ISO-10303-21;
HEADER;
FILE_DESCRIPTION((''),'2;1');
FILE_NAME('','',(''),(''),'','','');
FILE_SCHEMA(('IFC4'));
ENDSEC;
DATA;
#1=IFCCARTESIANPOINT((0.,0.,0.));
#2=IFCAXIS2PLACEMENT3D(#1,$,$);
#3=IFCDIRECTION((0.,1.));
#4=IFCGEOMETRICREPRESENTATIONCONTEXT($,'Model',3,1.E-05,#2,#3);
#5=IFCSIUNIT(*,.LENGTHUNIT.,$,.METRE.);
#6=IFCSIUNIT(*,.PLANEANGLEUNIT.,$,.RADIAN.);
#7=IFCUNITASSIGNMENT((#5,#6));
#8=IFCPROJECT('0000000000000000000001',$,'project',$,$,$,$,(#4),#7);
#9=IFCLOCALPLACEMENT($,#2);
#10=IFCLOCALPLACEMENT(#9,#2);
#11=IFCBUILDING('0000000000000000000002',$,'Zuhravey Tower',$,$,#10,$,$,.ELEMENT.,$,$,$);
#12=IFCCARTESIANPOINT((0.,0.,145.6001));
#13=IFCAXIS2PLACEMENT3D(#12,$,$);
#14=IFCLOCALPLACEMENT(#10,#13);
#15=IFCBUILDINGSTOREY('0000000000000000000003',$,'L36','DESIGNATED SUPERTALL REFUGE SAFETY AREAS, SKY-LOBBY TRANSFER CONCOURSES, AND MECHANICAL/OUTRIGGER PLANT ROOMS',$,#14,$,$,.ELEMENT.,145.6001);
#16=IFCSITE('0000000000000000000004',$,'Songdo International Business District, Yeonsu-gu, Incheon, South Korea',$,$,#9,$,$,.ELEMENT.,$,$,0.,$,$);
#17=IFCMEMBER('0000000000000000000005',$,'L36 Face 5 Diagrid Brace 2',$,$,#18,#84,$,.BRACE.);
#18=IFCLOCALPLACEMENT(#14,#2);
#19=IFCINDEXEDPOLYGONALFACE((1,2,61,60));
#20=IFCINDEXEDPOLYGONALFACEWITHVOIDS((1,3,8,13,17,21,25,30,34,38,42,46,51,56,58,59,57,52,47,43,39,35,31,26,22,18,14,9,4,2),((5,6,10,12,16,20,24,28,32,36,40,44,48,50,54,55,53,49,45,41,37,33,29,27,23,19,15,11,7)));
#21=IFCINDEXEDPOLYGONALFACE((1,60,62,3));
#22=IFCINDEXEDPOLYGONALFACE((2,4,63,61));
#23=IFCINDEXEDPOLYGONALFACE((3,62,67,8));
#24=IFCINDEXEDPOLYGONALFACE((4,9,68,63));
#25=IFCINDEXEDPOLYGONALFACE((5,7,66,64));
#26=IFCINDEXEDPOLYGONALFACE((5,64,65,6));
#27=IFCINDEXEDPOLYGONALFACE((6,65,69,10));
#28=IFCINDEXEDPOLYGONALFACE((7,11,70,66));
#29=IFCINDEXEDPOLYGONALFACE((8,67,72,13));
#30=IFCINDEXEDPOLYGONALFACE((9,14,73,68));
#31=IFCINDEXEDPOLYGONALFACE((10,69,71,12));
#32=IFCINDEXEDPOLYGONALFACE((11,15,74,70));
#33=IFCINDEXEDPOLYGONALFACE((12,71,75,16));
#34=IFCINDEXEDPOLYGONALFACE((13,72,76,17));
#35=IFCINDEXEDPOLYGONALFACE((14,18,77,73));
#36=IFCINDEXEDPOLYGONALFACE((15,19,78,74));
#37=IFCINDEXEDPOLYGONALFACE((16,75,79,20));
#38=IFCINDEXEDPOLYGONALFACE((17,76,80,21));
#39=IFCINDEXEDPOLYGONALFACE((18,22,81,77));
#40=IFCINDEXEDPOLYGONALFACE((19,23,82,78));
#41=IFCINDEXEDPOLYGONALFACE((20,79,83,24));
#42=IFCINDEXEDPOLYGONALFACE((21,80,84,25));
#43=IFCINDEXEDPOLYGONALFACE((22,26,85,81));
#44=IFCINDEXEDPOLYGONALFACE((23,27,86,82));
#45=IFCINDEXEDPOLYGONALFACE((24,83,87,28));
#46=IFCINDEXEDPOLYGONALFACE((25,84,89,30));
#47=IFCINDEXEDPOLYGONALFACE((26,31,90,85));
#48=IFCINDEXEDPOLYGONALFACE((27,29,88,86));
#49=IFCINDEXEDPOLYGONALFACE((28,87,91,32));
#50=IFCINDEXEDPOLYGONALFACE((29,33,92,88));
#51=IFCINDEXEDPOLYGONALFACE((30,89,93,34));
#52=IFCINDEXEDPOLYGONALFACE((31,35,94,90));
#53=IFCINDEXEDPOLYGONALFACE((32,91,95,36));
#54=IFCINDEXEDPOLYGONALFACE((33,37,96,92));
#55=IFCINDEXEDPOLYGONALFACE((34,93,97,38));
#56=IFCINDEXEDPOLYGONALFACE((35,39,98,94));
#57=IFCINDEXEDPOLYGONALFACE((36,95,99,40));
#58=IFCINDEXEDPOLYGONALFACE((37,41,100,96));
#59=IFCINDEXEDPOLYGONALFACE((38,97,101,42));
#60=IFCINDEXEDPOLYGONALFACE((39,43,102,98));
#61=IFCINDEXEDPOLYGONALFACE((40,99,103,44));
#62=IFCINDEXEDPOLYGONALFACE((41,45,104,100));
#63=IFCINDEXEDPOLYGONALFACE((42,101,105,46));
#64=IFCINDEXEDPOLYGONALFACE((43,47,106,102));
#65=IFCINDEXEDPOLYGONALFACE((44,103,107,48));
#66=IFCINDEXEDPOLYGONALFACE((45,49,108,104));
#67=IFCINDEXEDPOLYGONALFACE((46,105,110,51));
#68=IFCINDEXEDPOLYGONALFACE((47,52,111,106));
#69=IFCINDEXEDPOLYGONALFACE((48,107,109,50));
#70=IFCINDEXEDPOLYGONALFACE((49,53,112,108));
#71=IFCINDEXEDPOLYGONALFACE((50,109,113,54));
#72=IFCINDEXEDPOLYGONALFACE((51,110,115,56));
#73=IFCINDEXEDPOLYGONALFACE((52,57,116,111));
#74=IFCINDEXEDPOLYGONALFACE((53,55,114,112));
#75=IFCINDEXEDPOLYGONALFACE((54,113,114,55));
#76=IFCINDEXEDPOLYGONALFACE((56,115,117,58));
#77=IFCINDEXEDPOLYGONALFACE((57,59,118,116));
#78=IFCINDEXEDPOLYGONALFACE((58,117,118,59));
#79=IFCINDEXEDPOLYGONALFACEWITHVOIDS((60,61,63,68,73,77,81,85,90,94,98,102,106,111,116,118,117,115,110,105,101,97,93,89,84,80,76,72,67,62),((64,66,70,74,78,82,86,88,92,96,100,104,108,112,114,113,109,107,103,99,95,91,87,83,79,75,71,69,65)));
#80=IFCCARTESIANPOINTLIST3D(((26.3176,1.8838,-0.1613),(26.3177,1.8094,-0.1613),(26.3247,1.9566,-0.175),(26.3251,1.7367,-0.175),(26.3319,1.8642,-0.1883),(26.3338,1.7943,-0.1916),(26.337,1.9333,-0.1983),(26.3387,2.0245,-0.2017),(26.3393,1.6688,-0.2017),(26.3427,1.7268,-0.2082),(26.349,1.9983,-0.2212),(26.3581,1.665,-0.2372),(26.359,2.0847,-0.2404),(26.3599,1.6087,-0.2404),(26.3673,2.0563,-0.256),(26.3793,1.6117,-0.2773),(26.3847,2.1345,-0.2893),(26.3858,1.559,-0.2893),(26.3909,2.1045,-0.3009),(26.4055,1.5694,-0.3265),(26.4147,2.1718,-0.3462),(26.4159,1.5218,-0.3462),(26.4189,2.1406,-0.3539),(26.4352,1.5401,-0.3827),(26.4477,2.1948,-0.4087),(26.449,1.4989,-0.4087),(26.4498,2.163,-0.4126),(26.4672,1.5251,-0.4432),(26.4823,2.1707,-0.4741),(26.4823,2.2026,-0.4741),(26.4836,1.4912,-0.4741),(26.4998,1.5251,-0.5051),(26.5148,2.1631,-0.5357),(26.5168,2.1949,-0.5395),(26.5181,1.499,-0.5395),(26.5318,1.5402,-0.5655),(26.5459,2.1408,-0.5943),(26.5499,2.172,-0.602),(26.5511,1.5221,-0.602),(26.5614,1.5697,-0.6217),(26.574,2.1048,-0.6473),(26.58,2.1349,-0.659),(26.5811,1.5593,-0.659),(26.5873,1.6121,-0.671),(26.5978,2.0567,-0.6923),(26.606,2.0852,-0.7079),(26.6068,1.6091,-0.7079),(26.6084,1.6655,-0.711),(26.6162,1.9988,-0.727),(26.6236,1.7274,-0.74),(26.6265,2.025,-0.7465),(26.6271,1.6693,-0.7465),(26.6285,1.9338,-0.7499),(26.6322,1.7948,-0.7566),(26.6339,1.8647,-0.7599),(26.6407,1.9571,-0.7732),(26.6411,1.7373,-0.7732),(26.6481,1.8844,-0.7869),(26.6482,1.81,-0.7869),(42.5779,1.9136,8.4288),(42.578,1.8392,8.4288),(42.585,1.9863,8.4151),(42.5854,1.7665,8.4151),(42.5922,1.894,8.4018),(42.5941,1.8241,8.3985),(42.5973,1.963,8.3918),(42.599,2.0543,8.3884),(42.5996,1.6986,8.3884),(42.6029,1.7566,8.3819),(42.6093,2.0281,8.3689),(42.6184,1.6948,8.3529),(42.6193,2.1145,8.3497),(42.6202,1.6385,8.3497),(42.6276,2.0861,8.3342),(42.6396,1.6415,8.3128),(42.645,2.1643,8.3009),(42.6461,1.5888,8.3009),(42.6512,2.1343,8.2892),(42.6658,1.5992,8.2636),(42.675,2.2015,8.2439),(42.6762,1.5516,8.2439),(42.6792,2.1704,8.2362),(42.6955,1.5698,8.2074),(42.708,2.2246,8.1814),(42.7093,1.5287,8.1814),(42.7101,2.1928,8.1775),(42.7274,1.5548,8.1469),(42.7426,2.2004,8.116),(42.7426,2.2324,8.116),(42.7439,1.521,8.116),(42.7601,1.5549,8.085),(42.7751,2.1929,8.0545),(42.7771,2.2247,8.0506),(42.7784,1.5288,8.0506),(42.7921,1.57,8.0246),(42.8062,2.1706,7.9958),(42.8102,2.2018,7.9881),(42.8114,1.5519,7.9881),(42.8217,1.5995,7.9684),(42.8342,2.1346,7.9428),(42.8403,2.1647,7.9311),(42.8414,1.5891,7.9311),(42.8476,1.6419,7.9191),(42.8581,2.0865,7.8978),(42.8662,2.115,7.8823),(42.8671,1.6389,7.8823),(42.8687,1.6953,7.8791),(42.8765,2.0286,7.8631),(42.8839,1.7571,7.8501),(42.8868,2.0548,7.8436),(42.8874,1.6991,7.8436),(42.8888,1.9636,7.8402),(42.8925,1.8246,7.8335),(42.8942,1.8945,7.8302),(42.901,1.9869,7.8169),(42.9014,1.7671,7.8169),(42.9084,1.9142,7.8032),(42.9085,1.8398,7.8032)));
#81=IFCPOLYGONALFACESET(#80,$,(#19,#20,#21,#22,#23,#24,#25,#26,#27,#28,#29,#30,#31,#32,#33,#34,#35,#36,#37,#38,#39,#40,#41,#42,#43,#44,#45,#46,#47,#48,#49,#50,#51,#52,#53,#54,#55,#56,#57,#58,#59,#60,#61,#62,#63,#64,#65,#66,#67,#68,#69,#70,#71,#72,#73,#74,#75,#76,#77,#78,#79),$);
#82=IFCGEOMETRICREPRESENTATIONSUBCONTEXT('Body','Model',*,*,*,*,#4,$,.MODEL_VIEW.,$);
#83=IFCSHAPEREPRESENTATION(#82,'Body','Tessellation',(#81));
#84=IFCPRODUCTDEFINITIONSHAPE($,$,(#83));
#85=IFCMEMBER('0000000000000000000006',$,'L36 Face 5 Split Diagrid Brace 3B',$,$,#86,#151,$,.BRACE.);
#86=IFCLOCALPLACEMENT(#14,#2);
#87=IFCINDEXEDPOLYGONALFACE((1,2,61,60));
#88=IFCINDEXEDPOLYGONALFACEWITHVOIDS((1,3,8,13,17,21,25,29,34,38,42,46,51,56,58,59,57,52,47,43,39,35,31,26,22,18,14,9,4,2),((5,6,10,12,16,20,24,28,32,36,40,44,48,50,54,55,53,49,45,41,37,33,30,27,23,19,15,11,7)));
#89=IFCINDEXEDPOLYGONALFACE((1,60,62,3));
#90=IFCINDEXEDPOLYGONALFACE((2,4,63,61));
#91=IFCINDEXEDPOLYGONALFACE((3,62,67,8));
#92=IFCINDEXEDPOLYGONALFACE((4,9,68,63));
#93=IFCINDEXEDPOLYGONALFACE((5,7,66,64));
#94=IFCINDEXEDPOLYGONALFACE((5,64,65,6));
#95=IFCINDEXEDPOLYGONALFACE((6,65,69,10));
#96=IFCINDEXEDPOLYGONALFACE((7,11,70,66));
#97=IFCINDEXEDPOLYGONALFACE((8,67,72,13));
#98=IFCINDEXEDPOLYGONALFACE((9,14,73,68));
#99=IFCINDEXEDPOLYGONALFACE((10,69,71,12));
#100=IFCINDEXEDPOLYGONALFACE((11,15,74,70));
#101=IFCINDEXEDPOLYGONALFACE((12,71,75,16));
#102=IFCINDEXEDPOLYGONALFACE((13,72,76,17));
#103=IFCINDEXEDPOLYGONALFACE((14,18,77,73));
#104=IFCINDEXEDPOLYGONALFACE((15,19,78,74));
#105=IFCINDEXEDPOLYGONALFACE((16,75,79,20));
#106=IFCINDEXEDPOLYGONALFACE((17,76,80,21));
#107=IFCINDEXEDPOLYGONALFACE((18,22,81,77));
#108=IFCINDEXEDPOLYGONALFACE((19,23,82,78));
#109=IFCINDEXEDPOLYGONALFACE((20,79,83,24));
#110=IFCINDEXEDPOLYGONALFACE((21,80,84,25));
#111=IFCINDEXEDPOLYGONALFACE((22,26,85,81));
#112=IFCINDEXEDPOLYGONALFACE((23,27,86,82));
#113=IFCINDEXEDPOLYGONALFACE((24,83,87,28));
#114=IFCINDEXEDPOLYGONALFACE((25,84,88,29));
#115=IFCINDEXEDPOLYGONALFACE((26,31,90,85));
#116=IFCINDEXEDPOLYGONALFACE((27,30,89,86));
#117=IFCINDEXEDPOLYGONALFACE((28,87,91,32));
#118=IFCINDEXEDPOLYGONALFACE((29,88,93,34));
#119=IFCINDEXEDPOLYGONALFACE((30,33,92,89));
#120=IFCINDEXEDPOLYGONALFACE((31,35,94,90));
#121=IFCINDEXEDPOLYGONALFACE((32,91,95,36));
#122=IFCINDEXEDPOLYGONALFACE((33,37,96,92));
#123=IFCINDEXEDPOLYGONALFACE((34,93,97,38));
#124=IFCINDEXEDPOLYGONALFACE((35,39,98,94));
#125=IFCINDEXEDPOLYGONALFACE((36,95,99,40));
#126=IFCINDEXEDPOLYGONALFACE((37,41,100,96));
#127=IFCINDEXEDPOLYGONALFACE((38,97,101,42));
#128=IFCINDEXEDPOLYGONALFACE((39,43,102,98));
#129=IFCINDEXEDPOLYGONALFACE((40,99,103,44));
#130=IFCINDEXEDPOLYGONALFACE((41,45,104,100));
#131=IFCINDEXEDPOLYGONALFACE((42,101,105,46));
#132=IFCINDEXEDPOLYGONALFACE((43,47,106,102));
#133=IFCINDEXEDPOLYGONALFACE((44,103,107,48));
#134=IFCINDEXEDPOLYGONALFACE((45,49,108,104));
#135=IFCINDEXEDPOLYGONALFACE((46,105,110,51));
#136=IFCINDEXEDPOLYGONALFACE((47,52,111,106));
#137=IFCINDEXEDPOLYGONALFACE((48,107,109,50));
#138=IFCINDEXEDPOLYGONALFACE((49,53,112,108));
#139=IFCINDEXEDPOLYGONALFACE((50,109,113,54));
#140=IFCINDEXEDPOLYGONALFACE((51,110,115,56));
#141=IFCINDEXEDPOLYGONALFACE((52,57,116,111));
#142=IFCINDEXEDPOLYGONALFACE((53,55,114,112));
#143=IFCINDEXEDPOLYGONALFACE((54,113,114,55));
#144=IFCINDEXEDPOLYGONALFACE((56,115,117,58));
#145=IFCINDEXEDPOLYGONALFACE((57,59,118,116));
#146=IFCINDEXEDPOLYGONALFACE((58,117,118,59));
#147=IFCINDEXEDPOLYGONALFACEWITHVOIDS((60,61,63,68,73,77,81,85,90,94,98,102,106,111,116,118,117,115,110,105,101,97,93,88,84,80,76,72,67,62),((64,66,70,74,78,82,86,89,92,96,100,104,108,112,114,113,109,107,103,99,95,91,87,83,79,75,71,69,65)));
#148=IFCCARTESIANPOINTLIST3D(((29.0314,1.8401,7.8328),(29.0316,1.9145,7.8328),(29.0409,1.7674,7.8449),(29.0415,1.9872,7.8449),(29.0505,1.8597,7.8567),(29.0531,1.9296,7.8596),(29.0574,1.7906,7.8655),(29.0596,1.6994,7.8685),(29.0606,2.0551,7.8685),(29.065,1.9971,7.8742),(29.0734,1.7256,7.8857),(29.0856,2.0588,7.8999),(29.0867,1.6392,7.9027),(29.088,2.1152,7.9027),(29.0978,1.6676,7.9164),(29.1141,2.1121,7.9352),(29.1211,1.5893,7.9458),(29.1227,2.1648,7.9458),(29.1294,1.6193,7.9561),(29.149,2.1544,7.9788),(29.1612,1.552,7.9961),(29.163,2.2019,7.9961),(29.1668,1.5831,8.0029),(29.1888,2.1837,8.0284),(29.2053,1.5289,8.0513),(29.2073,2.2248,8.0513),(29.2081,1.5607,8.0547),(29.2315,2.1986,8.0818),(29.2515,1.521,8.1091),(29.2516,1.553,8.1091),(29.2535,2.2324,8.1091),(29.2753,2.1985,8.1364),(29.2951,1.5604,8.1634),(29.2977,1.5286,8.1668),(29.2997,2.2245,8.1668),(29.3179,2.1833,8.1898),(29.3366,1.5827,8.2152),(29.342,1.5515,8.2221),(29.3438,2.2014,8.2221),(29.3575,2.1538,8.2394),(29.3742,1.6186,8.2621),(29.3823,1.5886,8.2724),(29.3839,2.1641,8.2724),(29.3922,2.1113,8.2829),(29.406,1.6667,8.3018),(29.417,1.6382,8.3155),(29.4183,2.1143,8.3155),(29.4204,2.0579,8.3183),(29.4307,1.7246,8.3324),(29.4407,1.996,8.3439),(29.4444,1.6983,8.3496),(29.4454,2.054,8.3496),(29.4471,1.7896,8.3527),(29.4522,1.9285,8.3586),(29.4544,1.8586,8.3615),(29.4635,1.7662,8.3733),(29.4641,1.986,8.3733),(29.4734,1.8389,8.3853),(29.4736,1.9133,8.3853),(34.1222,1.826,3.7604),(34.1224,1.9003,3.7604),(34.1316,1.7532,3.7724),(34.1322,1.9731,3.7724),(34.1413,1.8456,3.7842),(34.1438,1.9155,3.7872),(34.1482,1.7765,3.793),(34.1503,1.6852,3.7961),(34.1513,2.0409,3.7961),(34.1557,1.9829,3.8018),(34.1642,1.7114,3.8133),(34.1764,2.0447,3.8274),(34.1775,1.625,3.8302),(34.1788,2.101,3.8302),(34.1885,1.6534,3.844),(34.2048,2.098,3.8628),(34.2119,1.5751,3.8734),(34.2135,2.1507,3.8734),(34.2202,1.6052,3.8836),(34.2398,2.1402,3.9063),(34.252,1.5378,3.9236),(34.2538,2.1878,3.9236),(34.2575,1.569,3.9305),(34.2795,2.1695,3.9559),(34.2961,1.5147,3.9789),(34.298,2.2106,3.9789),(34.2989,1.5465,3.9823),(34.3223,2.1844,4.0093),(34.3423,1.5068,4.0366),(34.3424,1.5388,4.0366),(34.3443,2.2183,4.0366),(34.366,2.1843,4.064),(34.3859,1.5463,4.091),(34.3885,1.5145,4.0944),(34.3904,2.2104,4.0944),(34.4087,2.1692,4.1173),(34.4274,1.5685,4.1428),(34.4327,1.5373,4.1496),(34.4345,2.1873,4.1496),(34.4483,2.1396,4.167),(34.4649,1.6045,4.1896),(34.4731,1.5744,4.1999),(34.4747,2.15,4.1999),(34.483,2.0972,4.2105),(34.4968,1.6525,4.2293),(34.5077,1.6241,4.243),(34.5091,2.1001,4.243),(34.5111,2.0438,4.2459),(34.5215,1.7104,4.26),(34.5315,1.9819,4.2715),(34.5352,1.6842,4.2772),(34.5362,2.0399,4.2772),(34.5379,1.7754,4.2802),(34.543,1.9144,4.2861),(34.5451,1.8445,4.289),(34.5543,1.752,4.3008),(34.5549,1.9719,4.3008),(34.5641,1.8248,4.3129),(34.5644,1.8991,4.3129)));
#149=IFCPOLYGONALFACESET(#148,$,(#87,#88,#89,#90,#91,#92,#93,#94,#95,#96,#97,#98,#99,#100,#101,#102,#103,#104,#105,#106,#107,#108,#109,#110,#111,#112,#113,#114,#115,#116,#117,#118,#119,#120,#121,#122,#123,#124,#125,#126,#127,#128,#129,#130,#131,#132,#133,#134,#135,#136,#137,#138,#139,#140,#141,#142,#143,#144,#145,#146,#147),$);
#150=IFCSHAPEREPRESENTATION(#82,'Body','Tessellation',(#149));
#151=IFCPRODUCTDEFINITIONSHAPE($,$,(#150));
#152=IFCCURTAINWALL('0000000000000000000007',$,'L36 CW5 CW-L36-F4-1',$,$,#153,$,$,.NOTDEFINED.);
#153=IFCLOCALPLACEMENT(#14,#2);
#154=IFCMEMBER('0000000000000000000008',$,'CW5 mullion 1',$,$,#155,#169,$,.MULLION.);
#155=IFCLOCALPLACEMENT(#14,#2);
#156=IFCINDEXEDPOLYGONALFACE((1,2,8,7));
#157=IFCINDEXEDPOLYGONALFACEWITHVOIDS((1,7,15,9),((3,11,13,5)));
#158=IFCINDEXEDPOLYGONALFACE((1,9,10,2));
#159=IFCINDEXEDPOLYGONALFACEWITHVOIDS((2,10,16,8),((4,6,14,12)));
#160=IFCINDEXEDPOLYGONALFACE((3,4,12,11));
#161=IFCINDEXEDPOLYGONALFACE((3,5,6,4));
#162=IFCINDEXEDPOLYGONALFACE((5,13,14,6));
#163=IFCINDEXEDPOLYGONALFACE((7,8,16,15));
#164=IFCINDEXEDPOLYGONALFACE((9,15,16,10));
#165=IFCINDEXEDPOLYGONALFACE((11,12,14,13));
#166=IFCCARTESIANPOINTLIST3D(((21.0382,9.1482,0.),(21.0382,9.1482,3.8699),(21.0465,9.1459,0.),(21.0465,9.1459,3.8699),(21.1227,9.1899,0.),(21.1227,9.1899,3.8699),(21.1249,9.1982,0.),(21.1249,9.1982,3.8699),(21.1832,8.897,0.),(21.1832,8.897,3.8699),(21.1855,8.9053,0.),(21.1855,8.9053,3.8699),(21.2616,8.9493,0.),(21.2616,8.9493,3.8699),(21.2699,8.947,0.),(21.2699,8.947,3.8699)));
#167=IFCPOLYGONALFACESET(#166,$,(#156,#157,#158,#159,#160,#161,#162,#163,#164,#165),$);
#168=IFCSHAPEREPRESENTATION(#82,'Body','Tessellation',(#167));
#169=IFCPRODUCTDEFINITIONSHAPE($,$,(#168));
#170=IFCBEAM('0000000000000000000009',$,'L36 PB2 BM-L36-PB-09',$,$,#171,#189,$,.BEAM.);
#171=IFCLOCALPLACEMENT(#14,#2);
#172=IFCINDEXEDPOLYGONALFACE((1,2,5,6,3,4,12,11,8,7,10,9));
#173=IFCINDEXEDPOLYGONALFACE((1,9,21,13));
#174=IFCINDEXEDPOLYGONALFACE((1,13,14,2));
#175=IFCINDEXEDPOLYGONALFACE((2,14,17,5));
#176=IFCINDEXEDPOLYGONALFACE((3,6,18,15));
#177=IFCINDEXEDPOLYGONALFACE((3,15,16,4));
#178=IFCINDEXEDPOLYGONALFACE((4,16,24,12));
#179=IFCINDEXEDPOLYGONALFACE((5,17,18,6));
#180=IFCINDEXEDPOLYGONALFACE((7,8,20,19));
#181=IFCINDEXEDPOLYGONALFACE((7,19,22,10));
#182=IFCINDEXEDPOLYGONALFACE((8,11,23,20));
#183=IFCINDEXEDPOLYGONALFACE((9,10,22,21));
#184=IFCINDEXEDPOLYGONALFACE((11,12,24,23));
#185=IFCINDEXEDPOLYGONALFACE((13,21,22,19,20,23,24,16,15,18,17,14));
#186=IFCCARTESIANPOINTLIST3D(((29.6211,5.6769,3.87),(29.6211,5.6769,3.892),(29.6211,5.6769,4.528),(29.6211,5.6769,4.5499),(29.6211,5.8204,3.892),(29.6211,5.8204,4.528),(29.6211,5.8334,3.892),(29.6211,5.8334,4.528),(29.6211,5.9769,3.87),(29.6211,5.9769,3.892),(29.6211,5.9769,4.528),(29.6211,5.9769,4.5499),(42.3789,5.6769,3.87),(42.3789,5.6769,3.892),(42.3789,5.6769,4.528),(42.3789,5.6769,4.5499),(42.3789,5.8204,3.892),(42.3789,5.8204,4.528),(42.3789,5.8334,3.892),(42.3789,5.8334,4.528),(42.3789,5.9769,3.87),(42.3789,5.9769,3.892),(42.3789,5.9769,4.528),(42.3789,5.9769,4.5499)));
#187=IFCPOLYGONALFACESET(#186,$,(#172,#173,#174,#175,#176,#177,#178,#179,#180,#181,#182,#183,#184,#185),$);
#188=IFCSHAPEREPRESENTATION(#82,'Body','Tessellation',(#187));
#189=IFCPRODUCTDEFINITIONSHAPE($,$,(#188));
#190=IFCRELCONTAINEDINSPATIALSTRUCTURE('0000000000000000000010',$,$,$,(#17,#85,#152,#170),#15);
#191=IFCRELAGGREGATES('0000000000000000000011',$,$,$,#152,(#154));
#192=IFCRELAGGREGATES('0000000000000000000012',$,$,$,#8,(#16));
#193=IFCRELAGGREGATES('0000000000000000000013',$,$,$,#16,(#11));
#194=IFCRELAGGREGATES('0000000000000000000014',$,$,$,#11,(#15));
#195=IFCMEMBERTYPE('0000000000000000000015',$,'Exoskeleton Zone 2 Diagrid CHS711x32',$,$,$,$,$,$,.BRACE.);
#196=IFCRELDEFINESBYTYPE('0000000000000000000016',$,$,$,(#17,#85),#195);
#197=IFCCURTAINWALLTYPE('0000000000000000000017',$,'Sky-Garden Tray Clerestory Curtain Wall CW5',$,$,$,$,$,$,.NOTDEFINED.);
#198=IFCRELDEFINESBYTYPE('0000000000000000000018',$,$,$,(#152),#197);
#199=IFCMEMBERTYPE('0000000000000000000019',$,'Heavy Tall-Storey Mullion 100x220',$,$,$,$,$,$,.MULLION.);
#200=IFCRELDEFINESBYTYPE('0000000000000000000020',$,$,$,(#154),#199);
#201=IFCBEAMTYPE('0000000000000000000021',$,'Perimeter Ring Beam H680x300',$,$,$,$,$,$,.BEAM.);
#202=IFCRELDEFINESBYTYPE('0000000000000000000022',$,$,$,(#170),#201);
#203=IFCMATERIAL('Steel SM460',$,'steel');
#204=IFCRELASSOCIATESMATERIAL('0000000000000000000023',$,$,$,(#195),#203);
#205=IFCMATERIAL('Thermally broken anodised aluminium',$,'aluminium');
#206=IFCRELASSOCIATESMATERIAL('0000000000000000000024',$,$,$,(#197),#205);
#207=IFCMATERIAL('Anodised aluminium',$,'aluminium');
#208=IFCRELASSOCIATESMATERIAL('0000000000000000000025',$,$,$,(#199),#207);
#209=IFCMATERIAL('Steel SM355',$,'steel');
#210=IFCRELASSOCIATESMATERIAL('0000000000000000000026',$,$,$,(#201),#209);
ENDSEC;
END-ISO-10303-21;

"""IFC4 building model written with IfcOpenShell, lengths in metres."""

from ifc_helpers import new_model, si_unit, direction, frame, origin, origin_2d, place, context, subcontext, project, spatial, hollow_rectangle, hollow_circle, i_section, extrude, material, material_profile, profile_set, type_object, element, aggregate, save


model = new_model("IFC4")

# Units and contexts
model_context = context("Model", 3, precision=1e-05, world=origin(), true_north=direction((0.0, 1.0)))
body_context = subcontext(model_context, "Body", "Model", "MODEL_VIEW")
ifc_project = project(units=[si_unit("LENGTHUNIT", "METRE"), si_unit("PLANEANGLEUNIT", "RADIAN")], contexts=[model_context])

# Site, building, storey
site_placement = place(None, origin())
site = spatial("IfcSite", under=ifc_project, at=site_placement, Name="Songdo International Business District, Yeonsu-gu, Incheon, South Korea", CompositionType="ELEMENT", RefElevation=0.0)
building_placement = place(site_placement, origin())
building = spatial("IfcBuilding", under=site, at=building_placement, Name="Zuhravey Tower", CompositionType="ELEMENT")
storey_placement = place(building_placement, frame((0.0, 0.0, 145.6001)))
storey = spatial("IfcBuildingStorey", under=building, at=storey_placement, Name="L36", Description="DESIGNATED SUPERTALL REFUGE SAFETY AREAS, SKY-LOBBY TRANSFER CONCOURSES, AND MECHANICAL/OUTRIGGER PLANT ROOMS", CompositionType="ELEMENT", Elevation=145.6001)

# Members
ifc_material_1 = material(Name="Steel SM355", Category="steel")
ifc_material_2 = material(Name="Steel SM460", Category="steel")
ifc_material_profile_1 = material_profile(ifc_material_2, hollow_circle(Radius=0.3557, WallThickness=0.032, at=origin_2d()), Name="CHS-711.2x32")
ifc_profile_set_1 = profile_set([ifc_material_profile_1], Name="Steel SM460")
member_type_1 = type_object("IfcMemberType", Name="Exoskeleton Zone 2 Diagrid CHS711x32", PredefinedType="BRACE", material=ifc_profile_set_1)
member_1_placement = place(storey_placement, frame((26.4829, 1.8469, -0.4741), z_axis=(0.884198, 0.00162, 0.46711), x_axis=(-0.001832, 0.999998, 0.0)))
element("IfcMember", 1, at=member_1_placement, inside=storey, type_object=member_type_1, Name="L36 Face 5 Diagrid Brace 2", PredefinedType="BRACE", context=body_context, shape_type="SweptSolid", body=[
    extrude(hollow_circle(Radius=0.3557, WallThickness=0.032, at=origin_2d()), origin(), (0.0, 0.0, 1.0), 18.3899),
])
member_2_placement = place(storey_placement, frame((34.3433, 1.8625, 4.0366), z_axis=(-0.780878, 0.002172, 0.62468), x_axis=(-0.002781, -0.999996, 0.0)))
element("IfcMember", 2, at=member_2_placement, inside=storey, type_object=member_type_1, Name="L36 Face 5 Split Diagrid Brace 3B", PredefinedType="BRACE", context=body_context, shape_type="SweptSolid", body=[
    extrude(hollow_circle(Radius=0.3557, WallThickness=0.032, at=origin_2d()), origin(), (0.0, 0.0, 1.0), 6.5193),
])

# Curtain wall, member
ifc_material_3 = material(Name="Thermally broken anodised aluminium", Category="aluminium")
curtain_wall_type = type_object("IfcCurtainWallType", Name="Sky-Garden Tray Clerestory Curtain Wall CW5", PredefinedType="NOTDEFINED", material=ifc_material_3)
curtain_wall_placement = place(storey_placement, origin())
curtain_wall = element("IfcCurtainWall", 3, at=curtain_wall_placement, inside=storey, type_object=curtain_wall_type, Name="L36 CW5 CW-L36-F4-1", PredefinedType="NOTDEFINED")
ifc_material_4 = material(Name="Anodised aluminium", Category="aluminium")
ifc_material_profile_2 = material_profile(ifc_material_4, hollow_rectangle(XDim=0.1001, YDim=0.29, WallThickness=0.0061, at=origin_2d()), Name="ALU-RHS-100x290x6")
ifc_profile_set_2 = profile_set([ifc_material_profile_2], Name="Anodised aluminium")
member_type_2 = type_object("IfcMemberType", Name="Heavy Tall-Storey Mullion 100x220", PredefinedType="MULLION", material=ifc_profile_set_2)
member_3_placement = place(storey_placement, frame((21.1541, 9.0476, 0.0), z_axis=(0.0, 0.0, 1.0), x_axis=(-0.866026, -0.5, 0.0)))
member_3 = element("IfcMember", 4, at=member_3_placement, type_object=member_type_2, Name="CW5 mullion 1", PredefinedType="MULLION", context=body_context, shape_type="SweptSolid", body=[
    extrude(hollow_rectangle(XDim=0.1001, YDim=0.29, WallThickness=0.0061, at=origin_2d()), origin(), (0.0, 0.0, 1.0), 3.8699),
])

# Beam
ifc_material_profile_3 = material_profile(ifc_material_1, i_section(OverallWidth=0.3, OverallDepth=0.6799, WebThickness=0.0129, FlangeThickness=0.022, at=origin_2d()), Name="H-680x300x13x22")
ifc_profile_set_3 = profile_set([ifc_material_profile_3], Name="Steel SM355")
beam_type_1 = type_object("IfcBeamType", Name="Perimeter Ring Beam H680x300", PredefinedType="BEAM", material=ifc_profile_set_3)
beam_1_placement = place(storey_placement, frame((29.6211, 5.8269, 4.21), z_axis=(1.0, 0.0, 0.0), x_axis=(0.0, 1.0, 0.0)))
element("IfcBeam", 5, at=beam_1_placement, inside=storey, type_object=beam_type_1, Name="L36 PB2 BM-L36-PB-09", PredefinedType="BEAM", context=body_context, shape_type="SweptSolid", body=[
    extrude(i_section(OverallWidth=0.3, OverallDepth=0.6799, WebThickness=0.0129, FlangeThickness=0.022, at=origin_2d()), origin(), (0.0, 0.0, 1.0), 12.7578),
])

aggregate(curtain_wall, [member_3])

save(model, "model.ifc")
